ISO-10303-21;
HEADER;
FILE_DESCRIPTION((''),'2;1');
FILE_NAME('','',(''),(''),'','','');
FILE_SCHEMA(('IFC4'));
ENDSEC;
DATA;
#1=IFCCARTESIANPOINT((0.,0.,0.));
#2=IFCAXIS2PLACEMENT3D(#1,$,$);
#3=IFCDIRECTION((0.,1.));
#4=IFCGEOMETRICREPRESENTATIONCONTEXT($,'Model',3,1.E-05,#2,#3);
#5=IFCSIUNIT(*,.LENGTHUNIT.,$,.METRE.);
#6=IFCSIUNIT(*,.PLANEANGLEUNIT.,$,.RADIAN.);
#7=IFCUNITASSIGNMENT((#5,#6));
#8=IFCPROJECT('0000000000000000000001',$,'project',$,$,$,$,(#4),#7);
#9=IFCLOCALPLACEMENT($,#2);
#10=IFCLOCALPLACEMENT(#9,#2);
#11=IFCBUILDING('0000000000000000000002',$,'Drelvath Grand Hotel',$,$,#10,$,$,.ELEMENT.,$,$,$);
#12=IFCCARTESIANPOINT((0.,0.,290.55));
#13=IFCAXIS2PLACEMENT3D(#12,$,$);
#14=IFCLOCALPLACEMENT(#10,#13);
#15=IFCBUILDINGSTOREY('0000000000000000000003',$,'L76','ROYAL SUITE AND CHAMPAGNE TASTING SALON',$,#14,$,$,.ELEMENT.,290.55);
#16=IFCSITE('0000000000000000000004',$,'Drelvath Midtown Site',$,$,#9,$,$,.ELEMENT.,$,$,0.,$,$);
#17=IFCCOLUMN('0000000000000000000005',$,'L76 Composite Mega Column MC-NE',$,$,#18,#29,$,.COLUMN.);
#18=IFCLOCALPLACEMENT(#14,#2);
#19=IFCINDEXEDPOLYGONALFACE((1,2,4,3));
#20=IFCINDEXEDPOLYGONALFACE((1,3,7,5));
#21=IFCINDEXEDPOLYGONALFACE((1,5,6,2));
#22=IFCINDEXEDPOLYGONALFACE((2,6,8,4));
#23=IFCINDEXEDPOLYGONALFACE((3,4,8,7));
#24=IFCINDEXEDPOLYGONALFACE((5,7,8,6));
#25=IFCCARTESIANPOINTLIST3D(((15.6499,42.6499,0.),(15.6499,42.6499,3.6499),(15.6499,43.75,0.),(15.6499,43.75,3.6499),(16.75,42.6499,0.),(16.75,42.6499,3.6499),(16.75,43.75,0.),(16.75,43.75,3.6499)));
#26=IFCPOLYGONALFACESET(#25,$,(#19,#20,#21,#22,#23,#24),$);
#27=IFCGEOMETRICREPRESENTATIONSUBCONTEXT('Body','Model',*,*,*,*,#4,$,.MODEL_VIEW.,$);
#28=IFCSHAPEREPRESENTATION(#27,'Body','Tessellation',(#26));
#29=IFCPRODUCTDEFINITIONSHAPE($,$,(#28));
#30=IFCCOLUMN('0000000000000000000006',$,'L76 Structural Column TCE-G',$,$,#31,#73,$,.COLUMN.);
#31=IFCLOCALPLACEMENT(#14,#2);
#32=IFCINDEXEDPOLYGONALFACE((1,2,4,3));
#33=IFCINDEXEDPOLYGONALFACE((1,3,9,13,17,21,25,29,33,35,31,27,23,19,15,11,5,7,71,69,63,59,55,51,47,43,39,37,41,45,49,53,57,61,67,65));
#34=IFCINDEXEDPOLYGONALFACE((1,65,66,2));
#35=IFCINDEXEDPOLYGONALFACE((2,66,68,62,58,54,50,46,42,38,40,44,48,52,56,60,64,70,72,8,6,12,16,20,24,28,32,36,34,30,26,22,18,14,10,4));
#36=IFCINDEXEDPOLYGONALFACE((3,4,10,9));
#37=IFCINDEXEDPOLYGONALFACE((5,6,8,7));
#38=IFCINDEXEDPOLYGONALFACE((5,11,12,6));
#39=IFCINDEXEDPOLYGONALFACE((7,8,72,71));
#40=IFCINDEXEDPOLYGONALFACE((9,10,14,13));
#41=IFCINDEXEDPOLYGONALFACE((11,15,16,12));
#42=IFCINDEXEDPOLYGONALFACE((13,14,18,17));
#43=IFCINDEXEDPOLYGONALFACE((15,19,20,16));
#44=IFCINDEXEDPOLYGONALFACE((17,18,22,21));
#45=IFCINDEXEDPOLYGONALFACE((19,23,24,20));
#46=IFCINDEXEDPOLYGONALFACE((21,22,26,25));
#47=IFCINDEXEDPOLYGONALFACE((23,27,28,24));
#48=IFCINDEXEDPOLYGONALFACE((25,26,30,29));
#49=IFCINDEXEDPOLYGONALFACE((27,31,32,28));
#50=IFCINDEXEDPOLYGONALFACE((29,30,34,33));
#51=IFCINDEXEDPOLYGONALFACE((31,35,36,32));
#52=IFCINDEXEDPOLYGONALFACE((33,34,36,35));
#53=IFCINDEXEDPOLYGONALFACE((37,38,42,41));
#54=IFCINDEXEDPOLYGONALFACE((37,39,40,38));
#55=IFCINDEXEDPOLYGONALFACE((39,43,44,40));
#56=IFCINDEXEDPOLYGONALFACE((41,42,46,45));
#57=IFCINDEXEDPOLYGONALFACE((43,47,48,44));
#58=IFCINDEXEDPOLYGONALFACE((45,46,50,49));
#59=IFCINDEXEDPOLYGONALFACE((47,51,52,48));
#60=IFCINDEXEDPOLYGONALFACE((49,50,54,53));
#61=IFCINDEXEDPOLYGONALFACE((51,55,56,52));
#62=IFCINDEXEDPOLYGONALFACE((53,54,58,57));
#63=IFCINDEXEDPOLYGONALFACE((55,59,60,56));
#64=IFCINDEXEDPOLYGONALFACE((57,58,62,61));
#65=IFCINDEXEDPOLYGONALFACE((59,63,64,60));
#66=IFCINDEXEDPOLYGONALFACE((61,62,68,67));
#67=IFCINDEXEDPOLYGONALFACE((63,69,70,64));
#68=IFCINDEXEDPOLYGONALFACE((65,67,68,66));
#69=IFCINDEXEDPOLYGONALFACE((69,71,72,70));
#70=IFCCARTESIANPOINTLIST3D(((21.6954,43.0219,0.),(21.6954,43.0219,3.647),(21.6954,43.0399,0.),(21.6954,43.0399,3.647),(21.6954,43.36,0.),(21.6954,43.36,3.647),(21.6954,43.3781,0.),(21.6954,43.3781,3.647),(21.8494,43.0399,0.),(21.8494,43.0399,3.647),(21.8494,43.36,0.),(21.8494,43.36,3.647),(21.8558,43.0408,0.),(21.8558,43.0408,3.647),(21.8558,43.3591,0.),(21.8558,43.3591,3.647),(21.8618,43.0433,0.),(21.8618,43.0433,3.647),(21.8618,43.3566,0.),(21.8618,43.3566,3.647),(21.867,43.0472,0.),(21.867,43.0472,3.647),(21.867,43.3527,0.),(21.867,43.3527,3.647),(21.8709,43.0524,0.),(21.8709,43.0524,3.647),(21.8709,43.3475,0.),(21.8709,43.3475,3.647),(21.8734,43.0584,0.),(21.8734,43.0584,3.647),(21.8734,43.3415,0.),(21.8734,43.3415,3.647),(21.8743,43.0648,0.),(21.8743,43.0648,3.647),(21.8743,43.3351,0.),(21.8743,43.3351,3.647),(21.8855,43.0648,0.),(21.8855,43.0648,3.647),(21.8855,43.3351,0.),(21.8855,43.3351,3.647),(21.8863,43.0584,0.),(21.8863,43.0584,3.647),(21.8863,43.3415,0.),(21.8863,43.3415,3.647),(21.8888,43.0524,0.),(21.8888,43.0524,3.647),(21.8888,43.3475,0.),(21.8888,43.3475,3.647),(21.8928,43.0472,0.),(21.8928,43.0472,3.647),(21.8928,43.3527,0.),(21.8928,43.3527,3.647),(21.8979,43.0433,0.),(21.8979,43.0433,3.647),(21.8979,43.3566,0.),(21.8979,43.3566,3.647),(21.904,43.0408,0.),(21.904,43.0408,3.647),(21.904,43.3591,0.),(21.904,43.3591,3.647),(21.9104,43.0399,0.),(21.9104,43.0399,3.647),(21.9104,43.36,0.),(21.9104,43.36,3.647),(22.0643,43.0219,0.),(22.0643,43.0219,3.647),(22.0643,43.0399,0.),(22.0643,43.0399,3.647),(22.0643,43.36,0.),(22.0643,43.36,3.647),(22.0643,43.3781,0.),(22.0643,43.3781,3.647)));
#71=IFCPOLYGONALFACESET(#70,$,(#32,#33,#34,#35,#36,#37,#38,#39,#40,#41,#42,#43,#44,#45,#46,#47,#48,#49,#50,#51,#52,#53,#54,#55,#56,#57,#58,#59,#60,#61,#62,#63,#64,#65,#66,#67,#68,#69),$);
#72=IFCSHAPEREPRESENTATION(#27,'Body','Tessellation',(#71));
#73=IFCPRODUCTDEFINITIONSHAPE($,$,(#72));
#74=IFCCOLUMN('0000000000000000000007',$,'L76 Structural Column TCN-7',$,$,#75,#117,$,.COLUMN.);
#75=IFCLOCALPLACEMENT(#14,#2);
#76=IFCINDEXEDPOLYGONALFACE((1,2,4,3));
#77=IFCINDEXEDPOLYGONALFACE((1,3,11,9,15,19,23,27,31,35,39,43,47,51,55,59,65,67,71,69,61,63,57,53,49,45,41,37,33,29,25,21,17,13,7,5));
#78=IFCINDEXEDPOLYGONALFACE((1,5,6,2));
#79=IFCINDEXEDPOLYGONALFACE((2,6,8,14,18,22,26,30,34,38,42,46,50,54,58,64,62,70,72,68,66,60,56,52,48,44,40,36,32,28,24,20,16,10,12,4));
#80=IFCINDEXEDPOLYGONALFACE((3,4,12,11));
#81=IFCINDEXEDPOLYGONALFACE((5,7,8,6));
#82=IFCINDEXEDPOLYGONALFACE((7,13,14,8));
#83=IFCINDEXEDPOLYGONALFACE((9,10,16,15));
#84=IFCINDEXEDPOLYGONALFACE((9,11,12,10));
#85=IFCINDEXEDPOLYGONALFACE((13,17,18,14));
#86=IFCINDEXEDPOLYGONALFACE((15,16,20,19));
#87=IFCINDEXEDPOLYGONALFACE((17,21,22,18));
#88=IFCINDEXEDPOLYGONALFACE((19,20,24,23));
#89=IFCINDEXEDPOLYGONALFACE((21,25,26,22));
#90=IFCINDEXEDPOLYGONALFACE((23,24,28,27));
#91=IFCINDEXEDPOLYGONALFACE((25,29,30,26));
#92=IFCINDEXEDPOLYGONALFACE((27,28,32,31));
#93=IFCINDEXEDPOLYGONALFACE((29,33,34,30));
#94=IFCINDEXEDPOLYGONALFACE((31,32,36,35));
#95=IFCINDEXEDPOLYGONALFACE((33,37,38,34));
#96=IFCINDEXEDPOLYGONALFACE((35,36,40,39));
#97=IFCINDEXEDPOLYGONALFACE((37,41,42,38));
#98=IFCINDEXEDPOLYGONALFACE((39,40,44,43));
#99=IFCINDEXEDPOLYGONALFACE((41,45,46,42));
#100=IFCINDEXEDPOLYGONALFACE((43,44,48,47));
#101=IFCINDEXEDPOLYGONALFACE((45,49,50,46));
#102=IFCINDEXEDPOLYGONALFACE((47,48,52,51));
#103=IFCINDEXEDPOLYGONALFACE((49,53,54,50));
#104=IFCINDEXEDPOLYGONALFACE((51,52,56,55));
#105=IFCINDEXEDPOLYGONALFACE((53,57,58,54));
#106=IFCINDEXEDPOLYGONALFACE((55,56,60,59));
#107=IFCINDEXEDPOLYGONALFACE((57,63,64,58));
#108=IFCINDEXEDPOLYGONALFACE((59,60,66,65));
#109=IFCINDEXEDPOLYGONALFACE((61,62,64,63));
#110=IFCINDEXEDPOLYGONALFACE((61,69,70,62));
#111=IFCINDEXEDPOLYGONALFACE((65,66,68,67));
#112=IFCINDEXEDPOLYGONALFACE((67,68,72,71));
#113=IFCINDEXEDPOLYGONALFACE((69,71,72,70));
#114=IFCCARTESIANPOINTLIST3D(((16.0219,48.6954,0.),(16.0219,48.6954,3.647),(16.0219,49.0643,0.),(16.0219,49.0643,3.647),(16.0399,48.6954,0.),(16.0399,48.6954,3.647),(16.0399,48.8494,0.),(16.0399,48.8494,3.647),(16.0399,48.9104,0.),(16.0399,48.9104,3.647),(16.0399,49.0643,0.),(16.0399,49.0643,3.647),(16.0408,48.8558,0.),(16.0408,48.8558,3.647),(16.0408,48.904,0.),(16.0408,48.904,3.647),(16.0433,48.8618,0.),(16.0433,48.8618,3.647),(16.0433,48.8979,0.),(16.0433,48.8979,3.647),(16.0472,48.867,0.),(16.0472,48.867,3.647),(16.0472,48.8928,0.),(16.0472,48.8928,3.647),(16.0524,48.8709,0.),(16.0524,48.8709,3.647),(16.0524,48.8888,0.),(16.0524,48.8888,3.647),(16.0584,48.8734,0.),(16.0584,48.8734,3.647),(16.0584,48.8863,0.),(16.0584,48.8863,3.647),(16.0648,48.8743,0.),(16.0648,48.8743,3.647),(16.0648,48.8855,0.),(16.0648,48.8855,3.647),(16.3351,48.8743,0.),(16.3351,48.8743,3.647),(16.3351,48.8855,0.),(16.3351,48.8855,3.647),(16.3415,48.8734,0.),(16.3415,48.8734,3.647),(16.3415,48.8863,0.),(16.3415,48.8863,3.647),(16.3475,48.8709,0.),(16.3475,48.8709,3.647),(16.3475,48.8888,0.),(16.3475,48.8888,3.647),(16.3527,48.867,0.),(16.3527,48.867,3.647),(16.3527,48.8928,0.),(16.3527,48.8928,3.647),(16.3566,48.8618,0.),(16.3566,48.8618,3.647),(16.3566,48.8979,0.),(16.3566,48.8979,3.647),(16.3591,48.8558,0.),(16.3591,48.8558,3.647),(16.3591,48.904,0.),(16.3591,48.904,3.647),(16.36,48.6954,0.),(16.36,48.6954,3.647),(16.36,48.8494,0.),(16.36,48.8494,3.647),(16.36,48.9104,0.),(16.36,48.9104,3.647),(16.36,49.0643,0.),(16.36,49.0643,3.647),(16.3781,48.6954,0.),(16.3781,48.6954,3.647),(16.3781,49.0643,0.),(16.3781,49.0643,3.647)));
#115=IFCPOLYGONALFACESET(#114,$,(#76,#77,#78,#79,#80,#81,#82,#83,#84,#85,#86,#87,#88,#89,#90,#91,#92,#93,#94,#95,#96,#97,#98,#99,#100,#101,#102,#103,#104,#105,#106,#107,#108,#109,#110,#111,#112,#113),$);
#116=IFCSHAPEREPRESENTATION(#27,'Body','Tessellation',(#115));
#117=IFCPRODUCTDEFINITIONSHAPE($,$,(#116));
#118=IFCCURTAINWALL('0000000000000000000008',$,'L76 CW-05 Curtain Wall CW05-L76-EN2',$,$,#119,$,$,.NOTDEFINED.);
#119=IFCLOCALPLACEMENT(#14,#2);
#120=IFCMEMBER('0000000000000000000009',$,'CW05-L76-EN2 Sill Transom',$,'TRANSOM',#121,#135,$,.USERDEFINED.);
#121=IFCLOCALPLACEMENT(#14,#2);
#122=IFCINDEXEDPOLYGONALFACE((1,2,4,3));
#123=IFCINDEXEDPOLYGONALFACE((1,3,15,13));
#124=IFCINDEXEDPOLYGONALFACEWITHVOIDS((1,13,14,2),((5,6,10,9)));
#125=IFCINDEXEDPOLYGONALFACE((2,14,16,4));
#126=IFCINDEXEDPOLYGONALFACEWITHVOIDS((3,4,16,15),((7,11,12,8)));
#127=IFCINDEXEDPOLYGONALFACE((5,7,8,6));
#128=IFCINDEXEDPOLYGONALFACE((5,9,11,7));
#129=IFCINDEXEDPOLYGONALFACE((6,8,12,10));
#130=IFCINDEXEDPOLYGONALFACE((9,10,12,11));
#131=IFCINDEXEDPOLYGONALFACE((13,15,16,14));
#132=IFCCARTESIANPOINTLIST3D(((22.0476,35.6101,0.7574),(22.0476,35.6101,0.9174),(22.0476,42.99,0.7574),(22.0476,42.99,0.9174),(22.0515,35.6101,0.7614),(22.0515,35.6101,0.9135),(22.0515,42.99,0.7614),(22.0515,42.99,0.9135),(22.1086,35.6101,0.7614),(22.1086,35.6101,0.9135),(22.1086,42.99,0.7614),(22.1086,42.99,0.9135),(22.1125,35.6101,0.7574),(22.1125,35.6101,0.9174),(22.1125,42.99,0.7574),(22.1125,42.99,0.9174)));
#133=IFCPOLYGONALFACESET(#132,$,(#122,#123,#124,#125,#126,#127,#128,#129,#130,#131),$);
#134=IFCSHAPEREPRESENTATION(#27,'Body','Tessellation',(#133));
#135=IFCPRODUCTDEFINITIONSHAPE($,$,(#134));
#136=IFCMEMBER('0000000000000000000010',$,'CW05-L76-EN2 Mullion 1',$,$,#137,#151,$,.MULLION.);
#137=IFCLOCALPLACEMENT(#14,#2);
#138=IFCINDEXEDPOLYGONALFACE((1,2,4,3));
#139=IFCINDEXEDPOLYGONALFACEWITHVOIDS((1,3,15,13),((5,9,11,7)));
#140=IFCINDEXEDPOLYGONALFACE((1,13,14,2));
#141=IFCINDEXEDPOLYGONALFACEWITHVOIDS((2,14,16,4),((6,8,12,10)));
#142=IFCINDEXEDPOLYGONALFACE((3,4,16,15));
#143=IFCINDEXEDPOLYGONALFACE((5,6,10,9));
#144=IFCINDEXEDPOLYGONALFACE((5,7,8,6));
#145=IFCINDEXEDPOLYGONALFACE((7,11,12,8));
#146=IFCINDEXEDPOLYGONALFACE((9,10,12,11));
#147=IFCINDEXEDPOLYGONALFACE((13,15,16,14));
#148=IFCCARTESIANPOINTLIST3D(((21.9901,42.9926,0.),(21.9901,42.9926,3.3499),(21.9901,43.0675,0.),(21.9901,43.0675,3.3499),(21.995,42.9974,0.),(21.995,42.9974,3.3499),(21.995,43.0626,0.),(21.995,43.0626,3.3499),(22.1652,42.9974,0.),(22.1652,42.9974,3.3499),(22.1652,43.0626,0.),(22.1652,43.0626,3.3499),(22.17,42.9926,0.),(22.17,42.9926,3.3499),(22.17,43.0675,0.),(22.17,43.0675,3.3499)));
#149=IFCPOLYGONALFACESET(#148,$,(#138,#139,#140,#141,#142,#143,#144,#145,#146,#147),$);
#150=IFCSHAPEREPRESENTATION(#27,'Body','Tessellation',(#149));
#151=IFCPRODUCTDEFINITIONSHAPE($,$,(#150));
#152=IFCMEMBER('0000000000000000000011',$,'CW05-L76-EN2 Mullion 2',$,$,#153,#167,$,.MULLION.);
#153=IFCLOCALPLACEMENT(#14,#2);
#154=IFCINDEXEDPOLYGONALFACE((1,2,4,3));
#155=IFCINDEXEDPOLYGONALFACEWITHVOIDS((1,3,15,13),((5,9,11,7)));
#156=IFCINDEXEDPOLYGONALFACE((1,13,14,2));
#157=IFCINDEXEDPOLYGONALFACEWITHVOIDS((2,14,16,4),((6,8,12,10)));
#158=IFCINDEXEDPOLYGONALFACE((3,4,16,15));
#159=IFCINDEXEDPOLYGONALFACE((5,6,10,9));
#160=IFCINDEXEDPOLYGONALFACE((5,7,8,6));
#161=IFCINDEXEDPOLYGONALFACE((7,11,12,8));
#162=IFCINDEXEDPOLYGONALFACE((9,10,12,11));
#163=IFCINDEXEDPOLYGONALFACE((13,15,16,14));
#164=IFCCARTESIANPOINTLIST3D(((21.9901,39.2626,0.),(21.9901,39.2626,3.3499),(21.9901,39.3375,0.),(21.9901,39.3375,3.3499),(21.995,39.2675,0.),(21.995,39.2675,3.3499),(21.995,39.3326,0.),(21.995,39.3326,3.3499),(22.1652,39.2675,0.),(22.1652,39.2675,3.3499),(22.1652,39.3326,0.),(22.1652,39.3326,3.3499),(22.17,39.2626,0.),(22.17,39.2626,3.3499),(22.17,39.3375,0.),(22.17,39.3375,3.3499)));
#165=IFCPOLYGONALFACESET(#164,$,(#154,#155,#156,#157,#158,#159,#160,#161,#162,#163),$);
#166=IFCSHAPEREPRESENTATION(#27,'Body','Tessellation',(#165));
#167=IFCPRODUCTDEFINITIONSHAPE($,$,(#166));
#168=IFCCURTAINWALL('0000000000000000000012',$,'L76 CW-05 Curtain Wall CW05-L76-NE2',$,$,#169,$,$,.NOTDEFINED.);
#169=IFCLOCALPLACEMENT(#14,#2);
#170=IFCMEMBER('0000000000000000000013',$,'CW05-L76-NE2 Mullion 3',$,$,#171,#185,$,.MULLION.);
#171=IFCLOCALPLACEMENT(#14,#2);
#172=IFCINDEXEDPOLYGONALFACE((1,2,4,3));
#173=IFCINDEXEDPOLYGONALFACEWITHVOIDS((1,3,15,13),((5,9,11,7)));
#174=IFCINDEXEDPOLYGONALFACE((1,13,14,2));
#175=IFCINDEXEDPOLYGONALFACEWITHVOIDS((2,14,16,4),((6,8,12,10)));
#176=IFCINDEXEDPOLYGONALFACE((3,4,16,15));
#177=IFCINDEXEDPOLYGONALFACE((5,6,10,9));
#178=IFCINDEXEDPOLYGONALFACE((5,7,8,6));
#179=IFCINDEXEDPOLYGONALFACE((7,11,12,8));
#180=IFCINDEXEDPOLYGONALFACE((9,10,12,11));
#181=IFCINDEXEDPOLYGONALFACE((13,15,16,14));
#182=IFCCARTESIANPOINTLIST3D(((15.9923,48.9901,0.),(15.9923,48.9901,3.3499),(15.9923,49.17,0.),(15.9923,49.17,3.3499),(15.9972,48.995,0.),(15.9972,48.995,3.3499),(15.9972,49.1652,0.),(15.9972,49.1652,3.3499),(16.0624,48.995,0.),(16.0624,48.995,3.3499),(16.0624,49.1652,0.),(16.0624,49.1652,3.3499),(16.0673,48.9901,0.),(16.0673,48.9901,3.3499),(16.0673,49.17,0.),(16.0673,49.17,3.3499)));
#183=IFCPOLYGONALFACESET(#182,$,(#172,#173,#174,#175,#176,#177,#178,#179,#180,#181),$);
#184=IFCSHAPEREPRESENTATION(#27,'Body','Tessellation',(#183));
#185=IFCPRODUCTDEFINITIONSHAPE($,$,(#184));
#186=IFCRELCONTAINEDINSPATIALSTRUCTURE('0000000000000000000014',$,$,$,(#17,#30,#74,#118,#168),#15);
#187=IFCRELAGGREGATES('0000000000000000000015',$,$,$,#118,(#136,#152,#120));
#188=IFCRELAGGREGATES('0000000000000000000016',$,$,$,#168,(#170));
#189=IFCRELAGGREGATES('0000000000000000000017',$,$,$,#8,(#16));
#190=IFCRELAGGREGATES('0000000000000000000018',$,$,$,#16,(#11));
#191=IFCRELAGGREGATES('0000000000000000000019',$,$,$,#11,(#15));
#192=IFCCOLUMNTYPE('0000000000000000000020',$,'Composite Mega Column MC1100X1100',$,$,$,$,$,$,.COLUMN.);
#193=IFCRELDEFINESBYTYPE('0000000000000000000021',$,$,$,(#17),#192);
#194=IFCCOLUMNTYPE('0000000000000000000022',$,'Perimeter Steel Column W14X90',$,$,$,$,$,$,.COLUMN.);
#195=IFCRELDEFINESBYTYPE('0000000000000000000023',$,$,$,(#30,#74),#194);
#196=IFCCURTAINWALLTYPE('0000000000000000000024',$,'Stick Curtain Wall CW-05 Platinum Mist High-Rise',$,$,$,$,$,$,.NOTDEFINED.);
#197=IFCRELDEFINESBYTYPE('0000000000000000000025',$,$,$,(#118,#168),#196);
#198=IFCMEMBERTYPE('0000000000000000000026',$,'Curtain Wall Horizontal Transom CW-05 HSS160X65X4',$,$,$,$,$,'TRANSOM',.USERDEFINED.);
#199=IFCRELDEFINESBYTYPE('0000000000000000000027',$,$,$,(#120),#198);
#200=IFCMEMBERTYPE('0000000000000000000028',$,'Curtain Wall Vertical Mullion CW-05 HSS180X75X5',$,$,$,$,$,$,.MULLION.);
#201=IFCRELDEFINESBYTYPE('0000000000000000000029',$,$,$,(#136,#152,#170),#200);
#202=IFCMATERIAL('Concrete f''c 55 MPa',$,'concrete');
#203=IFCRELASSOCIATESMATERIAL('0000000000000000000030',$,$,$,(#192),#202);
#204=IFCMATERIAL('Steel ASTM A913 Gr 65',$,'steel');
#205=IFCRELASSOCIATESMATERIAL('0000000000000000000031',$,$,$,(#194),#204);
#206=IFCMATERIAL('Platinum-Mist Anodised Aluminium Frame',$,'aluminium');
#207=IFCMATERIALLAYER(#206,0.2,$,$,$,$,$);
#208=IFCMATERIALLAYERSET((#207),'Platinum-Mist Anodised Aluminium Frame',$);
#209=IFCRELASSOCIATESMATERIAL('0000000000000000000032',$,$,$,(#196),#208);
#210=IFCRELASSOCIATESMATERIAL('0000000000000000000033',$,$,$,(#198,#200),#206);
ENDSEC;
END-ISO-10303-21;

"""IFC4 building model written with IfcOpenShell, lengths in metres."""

from ifc_helpers import new_model, si_unit, direction, frame, origin, origin_2d, place, context, subcontext, project, spatial, rectangle, hollow_rectangle, i_section, extrude, material, layer, layer_set, material_profile, profile_set, type_object, element, aggregate, save


model = new_model("IFC4")

# Units and contexts
model_context = context("Model", 3, precision=1e-05, world=origin(), true_north=direction((0.0, 1.0)))
body_context = subcontext(model_context, "Body", "Model", "MODEL_VIEW")
ifc_project = project(units=[si_unit("LENGTHUNIT", "METRE"), si_unit("PLANEANGLEUNIT", "RADIAN")], contexts=[model_context])

# Site, building, storey
site_placement = place(None, origin())
site = spatial("IfcSite", under=ifc_project, at=site_placement, Name="Drelvath Midtown Site", CompositionType="ELEMENT", RefElevation=0.0)
building_placement = place(site_placement, origin())
building = spatial("IfcBuilding", under=site, at=building_placement, Name="Drelvath Grand Hotel", CompositionType="ELEMENT")
storey_placement = place(building_placement, frame((0.0, 0.0, 290.55)))
storey = spatial("IfcBuildingStorey", under=building, at=storey_placement, Name="L76", Description="ROYAL SUITE AND CHAMPAGNE TASTING SALON", CompositionType="ELEMENT", Elevation=290.55)

# Columns
ifc_material_1 = material(Name="Concrete f'c 55 MPa", Category="concrete")
ifc_material_profile_1 = material_profile(ifc_material_1, rectangle(XDim=1.1001, YDim=1.1001, at=origin_2d()), Name="MC1100X1100")
ifc_profile_set_1 = profile_set([ifc_material_profile_1], Name="Concrete f'c 55 MPa")
column_type_1 = type_object("IfcColumnType", Name="Composite Mega Column MC1100X1100", PredefinedType="COLUMN", material=ifc_profile_set_1)
column_placement = place(storey_placement, frame((16.2, 43.2, 0.0), z_axis=(0.0, 0.0, 1.0), x_axis=(1.0, 0.0, 0.0)))
element("IfcColumn", 1, at=column_placement, inside=storey, type_object=column_type_1, Name="L76 Composite Mega Column MC-NE", PredefinedType="COLUMN", context=body_context, shape_type="SweptSolid", body=[
    extrude(rectangle(XDim=1.1001, YDim=1.1001, at=origin_2d()), origin(), (0.0, 0.0, 1.0), 3.6499),
])
ifc_material_2 = material(Name="Steel ASTM A913 Gr 65", Category="steel")
ifc_material_profile_2 = material_profile(ifc_material_2, i_section(OverallWidth=0.3689, OverallDepth=0.3562, WebThickness=0.0112, FlangeThickness=0.0181, FilletRadius=0.0249, at=origin_2d()), Name="W14X90")
ifc_profile_set_2 = profile_set([ifc_material_profile_2], Name="Steel ASTM A913 Gr 65")
column_type_2 = type_object("IfcColumnType", Name="Perimeter Steel Column W14X90", PredefinedType="COLUMN", material=ifc_profile_set_2)
for number, where, z_axis, x_axis, name in (
    (2, (21.8799, 43.2, 0.0), (0.0, 0.0, 1.0), (1.0, 0.0, 0.0), "L76 Structural Column TCE-G"),
    (3, (16.2, 48.8799, 0.0), (0.0, 0.0, 1.0), (0.0, 1.0, 0.0), "L76 Structural Column TCN-7"),
):
    element("IfcColumn", number, at=place(storey_placement, frame(where, z_axis=z_axis, x_axis=x_axis)), inside=storey, type_object=column_type_2, Name=name, PredefinedType="COLUMN", context=body_context, shape_type="SweptSolid", body=[
        extrude(i_section(OverallWidth=0.3689, OverallDepth=0.3562, WebThickness=0.0112, FlangeThickness=0.0181, FilletRadius=0.0249, at=origin_2d()), origin(), (0.0, 0.0, 1.0), 3.647),
    ])

# Curtain wall, members
ifc_material_3 = material(Name="Platinum-Mist Anodised Aluminium Frame", Category="aluminium")
ifc_layer_1 = layer(ifc_material_3, 0.2)
ifc_layer_set_1 = layer_set([ifc_layer_1], Name="Platinum-Mist Anodised Aluminium Frame")
curtain_wall_type = type_object("IfcCurtainWallType", Name="Stick Curtain Wall CW-05 Platinum Mist High-Rise", PredefinedType="NOTDEFINED", material=ifc_layer_set_1)
curtain_wall_1_placement = place(storey_placement, origin())
curtain_wall_1 = element("IfcCurtainWall", 4, at=curtain_wall_1_placement, inside=storey, type_object=curtain_wall_type, Name="L76 CW-05 Curtain Wall CW05-L76-EN2", PredefinedType="NOTDEFINED")
ifc_material_profile_3 = material_profile(ifc_material_3, hollow_rectangle(XDim=0.0649, YDim=0.1599, WallThickness=0.0039, at=origin_2d()), Name="HSS160X65X4")
ifc_profile_set_3 = profile_set([ifc_material_profile_3], Name="Platinum-Mist Anodised Aluminium Frame")
member_type_1 = type_object("IfcMemberType", Name="Curtain Wall Horizontal Transom CW-05 HSS160X65X4", ElementType="TRANSOM", PredefinedType="USERDEFINED", material=ifc_profile_set_3)
member_1_placement = place(storey_placement, frame((22.0801, 42.99, 0.8374), z_axis=(0.0, -1.0, 0.0), x_axis=(1.0, 0.0, 0.0)))
member_1 = element("IfcMember", 5, at=member_1_placement, type_object=member_type_1, Name="CW05-L76-EN2 Sill Transom", ObjectType="TRANSOM", PredefinedType="USERDEFINED", context=body_context, shape_type="SweptSolid", body=[
    extrude(hollow_rectangle(XDim=0.0649, YDim=0.1599, WallThickness=0.0039, at=origin_2d()), origin(), (0.0, 0.0, 1.0), 7.3799),
])
ifc_material_profile_4 = material_profile(ifc_material_3, hollow_rectangle(XDim=0.075, YDim=0.1799, WallThickness=0.0049, at=origin_2d()), Name="HSS180X75X5")
ifc_profile_set_4 = profile_set([ifc_material_profile_4], Name="Platinum-Mist Anodised Aluminium Frame")
member_type_2 = type_object("IfcMemberType", Name="Curtain Wall Vertical Mullion CW-05 HSS180X75X5", PredefinedType="MULLION", material=ifc_profile_set_4)
member_2_placement = place(storey_placement, frame((22.0801, 43.03, 0.0), z_axis=(0.0, 0.0, 1.0), x_axis=(0.0, 1.0, 0.0)))
member_2 = element("IfcMember", 6, at=member_2_placement, type_object=member_type_2, Name="CW05-L76-EN2 Mullion 1", PredefinedType="MULLION", context=body_context, shape_type="SweptSolid", body=[
    extrude(hollow_rectangle(XDim=0.075, YDim=0.1799, WallThickness=0.0049, at=origin_2d()), origin(), (0.0, 0.0, 1.0), 3.3499),
])
member_3_placement = place(storey_placement, frame((22.0801, 39.3, 0.0), z_axis=(0.0, 0.0, 1.0), x_axis=(0.0, 1.0, 0.0)))
member_3 = element("IfcMember", 7, at=member_3_placement, type_object=member_type_2, Name="CW05-L76-EN2 Mullion 2", PredefinedType="MULLION", context=body_context, shape_type="SweptSolid", body=[
    extrude(hollow_rectangle(XDim=0.075, YDim=0.1799, WallThickness=0.0049, at=origin_2d()), origin(), (0.0, 0.0, 1.0), 3.3499),
])

# Curtain wall, member
curtain_wall_2_placement = place(storey_placement, origin())
curtain_wall_2 = element("IfcCurtainWall", 8, at=curtain_wall_2_placement, inside=storey, type_object=curtain_wall_type, Name="L76 CW-05 Curtain Wall CW05-L76-NE2", PredefinedType="NOTDEFINED")
member_4_placement = place(storey_placement, frame((16.0298, 49.0801, 0.0), z_axis=(0.0, 0.0, 1.0), x_axis=(1.0, 0.0, 0.0)))
member_4 = element("IfcMember", 9, at=member_4_placement, type_object=member_type_2, Name="CW05-L76-NE2 Mullion 3", PredefinedType="MULLION", context=body_context, shape_type="SweptSolid", body=[
    extrude(hollow_rectangle(XDim=0.075, YDim=0.1799, WallThickness=0.0049, at=origin_2d()), origin(), (0.0, 0.0, 1.0), 3.3499),
])

aggregate(curtain_wall_1, [member_2, member_3, member_1])
aggregate(curtain_wall_2, [member_4])

save(model, "model.ifc")
